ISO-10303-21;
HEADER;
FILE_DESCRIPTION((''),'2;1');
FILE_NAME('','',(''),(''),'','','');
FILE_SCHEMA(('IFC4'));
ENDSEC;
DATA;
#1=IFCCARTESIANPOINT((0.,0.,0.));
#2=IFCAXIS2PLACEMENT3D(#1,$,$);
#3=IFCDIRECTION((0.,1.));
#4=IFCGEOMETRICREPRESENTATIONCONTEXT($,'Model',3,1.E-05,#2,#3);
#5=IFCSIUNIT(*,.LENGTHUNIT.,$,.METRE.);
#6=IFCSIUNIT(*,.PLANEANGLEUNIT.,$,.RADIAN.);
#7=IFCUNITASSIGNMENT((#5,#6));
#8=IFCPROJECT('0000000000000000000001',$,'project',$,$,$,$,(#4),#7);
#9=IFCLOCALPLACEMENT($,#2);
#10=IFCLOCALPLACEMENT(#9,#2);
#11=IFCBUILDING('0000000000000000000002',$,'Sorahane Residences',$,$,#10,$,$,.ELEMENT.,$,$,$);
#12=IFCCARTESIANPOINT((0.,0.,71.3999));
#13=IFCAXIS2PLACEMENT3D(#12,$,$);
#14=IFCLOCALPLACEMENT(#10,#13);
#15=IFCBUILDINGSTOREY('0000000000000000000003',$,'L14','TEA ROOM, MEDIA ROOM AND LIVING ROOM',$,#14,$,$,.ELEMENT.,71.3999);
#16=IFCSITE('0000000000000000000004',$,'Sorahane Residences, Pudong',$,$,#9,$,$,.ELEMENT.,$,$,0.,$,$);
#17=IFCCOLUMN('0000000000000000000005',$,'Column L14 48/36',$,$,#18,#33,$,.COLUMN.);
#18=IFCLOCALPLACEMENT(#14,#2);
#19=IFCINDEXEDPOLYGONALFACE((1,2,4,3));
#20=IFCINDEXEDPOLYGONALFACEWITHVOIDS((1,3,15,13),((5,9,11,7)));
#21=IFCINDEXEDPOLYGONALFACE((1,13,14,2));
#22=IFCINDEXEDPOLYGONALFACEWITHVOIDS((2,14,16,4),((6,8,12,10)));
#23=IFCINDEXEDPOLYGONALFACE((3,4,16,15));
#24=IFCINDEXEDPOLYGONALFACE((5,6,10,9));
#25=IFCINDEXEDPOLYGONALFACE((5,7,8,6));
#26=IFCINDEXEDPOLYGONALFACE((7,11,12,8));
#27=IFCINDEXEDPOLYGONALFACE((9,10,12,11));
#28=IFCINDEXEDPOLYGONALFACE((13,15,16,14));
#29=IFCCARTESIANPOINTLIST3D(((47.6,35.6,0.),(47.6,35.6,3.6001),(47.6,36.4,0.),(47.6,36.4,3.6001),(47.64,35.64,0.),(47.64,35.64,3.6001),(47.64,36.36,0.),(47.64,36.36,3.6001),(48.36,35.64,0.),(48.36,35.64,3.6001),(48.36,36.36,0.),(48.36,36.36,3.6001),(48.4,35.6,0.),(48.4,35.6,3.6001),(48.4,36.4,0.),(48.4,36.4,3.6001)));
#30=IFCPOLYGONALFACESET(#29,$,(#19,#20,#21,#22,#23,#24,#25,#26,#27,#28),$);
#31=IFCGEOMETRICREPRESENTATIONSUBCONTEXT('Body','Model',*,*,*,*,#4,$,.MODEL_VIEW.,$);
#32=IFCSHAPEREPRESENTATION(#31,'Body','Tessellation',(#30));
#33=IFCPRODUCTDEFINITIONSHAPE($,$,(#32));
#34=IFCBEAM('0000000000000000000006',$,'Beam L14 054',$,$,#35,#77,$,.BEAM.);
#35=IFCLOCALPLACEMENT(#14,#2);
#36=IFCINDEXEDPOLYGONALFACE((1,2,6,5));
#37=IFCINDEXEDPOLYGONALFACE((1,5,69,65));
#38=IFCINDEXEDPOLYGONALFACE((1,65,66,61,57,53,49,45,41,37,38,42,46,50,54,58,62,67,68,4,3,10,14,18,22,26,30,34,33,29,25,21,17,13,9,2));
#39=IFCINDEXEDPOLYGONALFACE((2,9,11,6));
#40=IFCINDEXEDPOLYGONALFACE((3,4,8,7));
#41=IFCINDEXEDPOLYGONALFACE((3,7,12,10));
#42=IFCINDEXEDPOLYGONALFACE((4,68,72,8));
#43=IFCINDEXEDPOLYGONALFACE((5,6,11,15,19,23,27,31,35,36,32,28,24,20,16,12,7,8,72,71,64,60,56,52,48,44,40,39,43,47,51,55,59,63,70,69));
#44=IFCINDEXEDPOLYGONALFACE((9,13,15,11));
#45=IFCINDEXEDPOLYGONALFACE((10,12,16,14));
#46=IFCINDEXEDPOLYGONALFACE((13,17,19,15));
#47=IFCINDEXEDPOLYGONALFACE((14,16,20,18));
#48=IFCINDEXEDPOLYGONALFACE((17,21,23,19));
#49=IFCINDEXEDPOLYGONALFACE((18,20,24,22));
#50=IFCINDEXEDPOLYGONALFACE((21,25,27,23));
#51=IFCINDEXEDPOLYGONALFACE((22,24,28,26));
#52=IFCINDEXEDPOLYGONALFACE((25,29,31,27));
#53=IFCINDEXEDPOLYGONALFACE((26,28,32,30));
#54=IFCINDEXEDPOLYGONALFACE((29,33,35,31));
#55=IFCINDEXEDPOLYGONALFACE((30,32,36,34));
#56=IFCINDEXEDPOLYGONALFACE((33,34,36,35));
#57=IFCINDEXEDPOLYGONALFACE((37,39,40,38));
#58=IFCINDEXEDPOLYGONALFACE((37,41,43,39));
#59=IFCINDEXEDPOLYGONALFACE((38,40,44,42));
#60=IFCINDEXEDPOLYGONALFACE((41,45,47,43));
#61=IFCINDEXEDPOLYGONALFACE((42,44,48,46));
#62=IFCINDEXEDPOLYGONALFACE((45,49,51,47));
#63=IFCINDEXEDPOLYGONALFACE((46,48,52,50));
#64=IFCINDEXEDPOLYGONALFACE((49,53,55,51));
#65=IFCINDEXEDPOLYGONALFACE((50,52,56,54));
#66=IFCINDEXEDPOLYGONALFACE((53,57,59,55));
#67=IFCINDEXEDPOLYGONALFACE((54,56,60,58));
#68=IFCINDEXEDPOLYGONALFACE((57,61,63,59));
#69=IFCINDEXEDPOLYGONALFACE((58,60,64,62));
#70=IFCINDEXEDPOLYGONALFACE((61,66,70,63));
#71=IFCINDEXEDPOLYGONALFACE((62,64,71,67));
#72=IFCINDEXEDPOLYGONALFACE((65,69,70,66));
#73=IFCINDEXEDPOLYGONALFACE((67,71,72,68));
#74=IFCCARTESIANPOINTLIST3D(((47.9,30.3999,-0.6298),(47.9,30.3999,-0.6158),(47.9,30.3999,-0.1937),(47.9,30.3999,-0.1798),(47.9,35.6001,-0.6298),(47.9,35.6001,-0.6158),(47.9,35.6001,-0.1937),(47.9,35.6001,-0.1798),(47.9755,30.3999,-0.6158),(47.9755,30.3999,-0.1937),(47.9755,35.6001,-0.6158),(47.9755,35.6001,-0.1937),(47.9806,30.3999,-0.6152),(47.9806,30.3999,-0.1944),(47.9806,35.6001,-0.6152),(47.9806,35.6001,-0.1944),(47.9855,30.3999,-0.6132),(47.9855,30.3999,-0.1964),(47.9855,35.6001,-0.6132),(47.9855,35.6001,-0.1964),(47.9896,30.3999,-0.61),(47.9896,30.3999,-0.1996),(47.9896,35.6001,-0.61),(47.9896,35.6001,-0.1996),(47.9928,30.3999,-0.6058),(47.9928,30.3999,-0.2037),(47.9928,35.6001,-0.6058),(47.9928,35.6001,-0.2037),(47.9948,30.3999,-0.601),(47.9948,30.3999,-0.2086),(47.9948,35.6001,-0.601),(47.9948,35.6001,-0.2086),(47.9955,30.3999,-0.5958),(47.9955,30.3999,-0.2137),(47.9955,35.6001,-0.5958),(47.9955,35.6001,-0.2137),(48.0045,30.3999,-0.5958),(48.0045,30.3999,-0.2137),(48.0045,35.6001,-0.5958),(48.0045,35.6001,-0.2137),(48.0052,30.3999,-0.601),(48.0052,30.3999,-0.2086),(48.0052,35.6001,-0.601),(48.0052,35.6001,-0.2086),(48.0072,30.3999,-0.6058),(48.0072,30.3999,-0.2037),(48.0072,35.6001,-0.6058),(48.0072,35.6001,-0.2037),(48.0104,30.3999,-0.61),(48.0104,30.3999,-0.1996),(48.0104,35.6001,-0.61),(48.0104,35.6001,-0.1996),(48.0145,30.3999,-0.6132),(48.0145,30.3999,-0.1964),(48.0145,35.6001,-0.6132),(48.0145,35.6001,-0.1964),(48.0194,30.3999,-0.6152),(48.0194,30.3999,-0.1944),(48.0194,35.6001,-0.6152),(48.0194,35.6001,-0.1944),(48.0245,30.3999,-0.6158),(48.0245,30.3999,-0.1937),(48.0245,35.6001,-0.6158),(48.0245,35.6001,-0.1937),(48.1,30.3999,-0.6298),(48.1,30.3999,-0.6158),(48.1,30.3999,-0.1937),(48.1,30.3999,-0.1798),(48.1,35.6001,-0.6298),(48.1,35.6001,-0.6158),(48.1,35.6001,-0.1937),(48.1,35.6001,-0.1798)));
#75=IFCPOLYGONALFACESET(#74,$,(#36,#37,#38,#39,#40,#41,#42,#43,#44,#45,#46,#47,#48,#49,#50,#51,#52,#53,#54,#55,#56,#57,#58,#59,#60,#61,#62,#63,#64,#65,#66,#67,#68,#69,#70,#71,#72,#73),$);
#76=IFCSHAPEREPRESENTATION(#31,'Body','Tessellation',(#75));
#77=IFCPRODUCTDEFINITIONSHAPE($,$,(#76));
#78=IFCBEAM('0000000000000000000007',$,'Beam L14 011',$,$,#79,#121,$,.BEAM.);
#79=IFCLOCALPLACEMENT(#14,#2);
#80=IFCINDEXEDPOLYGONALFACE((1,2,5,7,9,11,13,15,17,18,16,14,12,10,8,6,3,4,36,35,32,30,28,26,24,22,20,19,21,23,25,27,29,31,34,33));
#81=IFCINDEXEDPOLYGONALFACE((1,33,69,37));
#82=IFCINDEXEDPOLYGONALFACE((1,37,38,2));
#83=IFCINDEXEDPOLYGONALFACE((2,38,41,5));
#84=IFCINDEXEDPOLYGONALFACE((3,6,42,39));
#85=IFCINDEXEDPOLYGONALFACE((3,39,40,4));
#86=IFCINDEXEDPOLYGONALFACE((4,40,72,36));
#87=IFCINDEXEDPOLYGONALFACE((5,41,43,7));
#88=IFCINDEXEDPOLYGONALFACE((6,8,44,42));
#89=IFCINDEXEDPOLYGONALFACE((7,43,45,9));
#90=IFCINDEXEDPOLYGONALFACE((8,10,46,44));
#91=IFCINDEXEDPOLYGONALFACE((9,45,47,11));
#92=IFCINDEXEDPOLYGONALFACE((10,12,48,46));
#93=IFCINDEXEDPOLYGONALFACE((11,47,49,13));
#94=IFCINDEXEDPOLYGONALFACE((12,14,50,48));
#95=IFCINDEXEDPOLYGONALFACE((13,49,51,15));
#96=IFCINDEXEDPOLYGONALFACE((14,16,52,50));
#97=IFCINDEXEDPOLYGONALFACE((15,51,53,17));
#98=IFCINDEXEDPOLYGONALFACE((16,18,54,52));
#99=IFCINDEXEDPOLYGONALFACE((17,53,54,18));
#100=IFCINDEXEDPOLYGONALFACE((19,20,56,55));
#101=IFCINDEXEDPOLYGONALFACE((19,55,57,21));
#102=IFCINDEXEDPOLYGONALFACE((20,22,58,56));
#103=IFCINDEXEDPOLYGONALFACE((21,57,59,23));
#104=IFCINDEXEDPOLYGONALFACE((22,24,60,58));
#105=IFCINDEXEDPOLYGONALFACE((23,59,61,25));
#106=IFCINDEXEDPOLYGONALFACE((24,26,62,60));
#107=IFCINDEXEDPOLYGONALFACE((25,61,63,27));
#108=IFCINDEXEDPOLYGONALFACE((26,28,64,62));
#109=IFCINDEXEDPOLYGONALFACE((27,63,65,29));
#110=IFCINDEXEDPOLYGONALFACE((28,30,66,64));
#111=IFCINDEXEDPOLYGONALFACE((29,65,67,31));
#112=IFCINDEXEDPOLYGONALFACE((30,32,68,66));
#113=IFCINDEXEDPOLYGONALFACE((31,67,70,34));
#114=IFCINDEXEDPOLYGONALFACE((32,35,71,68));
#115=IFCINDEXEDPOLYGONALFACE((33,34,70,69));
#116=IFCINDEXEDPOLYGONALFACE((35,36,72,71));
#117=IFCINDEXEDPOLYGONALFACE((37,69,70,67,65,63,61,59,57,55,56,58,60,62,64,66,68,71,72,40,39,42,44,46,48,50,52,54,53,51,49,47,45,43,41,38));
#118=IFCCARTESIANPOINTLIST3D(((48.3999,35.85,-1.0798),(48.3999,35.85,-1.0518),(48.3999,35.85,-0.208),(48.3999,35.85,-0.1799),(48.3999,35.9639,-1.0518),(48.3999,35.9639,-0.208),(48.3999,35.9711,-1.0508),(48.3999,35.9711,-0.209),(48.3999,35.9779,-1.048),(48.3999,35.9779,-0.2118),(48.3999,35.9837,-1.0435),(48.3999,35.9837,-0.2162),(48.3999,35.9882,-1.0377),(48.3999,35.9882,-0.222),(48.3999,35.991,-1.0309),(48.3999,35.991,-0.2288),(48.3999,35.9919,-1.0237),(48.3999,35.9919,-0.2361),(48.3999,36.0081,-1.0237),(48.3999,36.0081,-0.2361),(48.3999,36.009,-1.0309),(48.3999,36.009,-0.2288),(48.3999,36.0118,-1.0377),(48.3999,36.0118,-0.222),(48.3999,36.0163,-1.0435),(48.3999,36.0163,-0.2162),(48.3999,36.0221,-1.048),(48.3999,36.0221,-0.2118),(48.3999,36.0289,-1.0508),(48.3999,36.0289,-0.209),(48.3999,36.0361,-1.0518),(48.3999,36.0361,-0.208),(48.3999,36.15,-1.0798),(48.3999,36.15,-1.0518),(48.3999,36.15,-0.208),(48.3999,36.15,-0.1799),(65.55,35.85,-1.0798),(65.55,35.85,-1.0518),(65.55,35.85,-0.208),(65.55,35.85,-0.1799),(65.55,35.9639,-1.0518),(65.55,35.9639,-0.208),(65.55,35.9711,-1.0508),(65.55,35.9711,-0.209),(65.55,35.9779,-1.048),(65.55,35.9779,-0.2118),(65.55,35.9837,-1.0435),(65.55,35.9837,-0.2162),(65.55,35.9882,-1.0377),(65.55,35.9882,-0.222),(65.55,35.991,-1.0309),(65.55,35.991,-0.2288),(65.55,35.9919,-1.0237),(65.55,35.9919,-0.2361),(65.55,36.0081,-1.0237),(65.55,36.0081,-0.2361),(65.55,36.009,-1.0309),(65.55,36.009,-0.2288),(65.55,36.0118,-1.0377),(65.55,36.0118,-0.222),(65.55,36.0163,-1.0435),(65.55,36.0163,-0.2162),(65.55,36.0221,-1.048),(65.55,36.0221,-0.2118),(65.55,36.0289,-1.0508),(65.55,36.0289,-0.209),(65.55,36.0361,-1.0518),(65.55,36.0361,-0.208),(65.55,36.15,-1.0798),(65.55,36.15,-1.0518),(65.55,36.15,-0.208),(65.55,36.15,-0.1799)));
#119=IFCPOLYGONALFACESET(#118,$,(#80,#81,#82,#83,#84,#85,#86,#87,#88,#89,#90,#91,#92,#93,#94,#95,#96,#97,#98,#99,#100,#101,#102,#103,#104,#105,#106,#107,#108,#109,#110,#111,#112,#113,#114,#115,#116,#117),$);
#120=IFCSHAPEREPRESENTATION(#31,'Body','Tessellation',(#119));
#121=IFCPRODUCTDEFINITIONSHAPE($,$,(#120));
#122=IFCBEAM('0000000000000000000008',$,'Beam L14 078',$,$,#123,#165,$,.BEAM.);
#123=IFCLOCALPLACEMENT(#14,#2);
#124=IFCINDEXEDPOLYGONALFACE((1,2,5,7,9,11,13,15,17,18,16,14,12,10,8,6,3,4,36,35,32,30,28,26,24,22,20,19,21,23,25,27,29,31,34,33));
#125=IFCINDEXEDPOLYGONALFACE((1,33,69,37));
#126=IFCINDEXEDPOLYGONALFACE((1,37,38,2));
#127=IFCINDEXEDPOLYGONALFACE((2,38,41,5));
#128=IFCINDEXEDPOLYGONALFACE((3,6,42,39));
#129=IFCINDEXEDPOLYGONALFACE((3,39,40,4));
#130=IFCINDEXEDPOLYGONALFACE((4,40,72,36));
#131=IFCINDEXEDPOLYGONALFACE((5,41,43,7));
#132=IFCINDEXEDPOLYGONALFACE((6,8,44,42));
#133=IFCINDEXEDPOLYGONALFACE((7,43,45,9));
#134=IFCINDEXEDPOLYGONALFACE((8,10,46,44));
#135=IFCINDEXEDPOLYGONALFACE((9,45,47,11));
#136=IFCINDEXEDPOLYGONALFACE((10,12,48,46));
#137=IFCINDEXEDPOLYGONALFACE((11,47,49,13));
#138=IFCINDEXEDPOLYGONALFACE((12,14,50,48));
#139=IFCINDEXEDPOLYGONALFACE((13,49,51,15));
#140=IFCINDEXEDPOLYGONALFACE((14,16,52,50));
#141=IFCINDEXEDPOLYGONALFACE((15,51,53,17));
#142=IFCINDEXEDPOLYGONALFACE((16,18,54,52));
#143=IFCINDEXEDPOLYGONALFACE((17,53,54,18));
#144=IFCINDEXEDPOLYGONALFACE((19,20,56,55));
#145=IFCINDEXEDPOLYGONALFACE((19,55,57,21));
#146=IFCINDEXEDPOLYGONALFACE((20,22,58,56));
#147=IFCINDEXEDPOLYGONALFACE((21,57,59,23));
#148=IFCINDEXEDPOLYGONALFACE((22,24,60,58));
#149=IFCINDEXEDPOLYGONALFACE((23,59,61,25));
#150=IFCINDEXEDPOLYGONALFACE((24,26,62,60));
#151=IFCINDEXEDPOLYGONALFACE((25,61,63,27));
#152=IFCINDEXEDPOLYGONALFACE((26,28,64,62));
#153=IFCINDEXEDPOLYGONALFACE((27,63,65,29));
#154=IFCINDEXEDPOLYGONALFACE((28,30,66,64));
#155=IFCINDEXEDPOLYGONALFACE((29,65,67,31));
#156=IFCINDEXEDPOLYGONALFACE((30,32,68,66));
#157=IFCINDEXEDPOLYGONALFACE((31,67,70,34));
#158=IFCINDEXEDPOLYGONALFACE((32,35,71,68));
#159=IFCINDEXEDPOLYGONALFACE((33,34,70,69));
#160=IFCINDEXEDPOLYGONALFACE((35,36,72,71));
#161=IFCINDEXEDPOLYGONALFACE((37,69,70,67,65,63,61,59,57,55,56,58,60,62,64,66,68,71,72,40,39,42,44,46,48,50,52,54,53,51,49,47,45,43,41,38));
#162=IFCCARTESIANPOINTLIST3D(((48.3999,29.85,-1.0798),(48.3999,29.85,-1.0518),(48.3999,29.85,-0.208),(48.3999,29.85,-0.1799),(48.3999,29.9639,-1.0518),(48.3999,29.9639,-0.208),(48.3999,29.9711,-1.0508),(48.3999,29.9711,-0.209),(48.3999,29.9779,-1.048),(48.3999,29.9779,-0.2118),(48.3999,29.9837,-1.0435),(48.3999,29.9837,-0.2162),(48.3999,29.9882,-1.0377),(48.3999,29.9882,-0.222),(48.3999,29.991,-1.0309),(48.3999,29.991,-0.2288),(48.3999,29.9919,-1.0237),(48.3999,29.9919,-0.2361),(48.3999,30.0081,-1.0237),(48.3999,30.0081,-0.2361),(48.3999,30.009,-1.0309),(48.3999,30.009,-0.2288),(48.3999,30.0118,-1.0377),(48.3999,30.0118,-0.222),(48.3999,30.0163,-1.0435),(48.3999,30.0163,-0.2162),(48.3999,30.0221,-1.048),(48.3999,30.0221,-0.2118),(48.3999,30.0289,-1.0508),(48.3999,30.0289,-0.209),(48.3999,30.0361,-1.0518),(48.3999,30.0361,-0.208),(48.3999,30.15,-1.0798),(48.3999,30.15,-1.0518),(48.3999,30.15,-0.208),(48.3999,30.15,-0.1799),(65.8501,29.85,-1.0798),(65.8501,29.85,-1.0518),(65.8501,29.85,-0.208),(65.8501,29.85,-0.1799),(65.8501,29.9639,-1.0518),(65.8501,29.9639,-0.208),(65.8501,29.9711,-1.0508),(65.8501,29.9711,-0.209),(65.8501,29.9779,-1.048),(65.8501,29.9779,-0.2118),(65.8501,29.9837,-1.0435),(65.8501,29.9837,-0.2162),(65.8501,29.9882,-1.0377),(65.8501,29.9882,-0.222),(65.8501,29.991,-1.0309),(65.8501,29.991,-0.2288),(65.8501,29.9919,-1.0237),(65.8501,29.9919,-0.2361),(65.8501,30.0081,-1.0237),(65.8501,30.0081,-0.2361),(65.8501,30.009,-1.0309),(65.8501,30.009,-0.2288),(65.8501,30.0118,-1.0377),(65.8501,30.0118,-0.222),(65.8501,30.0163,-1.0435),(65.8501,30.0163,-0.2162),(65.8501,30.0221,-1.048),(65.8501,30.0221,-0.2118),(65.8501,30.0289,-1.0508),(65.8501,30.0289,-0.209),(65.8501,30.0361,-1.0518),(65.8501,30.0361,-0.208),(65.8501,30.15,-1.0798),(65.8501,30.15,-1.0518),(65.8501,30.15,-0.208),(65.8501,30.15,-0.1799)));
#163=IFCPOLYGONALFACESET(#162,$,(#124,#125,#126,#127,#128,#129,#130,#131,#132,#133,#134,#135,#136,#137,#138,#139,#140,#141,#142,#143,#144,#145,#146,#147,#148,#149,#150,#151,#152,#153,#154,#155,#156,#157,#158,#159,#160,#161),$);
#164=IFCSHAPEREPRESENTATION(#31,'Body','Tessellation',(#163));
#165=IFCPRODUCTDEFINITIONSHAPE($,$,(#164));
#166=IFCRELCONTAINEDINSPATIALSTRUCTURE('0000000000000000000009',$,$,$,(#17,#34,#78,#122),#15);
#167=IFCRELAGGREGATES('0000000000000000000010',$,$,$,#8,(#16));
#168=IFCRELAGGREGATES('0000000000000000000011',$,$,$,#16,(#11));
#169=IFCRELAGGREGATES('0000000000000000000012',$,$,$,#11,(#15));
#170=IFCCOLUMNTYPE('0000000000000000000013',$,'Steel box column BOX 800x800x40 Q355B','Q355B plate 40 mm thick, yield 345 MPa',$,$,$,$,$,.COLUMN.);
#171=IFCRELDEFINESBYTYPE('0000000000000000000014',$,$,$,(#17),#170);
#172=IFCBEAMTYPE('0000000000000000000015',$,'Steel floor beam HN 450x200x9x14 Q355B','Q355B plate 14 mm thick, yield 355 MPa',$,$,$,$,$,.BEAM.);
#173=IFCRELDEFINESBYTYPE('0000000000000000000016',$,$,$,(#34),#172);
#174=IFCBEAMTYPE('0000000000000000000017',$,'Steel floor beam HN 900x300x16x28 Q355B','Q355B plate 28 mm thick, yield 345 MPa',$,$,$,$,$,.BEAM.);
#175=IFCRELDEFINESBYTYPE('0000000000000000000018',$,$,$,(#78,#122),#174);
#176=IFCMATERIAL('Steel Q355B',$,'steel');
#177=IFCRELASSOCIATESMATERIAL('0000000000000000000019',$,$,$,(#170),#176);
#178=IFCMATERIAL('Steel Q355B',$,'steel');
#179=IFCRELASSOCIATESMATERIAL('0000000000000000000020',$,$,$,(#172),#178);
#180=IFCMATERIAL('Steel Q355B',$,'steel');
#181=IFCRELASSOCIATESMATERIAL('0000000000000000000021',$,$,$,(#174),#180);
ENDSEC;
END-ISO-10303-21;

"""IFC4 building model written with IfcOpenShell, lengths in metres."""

from ifc_helpers import new_model, si_unit, direction, frame, origin, origin_2d, place, context, subcontext, project, spatial, hollow_rectangle, i_section, extrude, material, material_profile, profile_set, type_object, element, save


model = new_model("IFC4")

# Units and contexts
model_context = context("Model", 3, precision=1e-05, world=origin(), true_north=direction((0.0, 1.0)))
body_context = subcontext(model_context, "Body", "Model", "MODEL_VIEW")
ifc_project = project(units=[si_unit("LENGTHUNIT", "METRE"), si_unit("PLANEANGLEUNIT", "RADIAN")], contexts=[model_context])

# Site, building, storey
site_placement = place(None, origin())
site = spatial("IfcSite", under=ifc_project, at=site_placement, Name="Sorahane Residences, Pudong", CompositionType="ELEMENT", RefElevation=0.0)
building_placement = place(site_placement, origin())
building = spatial("IfcBuilding", under=site, at=building_placement, Name="Sorahane Residences", CompositionType="ELEMENT")
storey_placement = place(building_placement, frame((0.0, 0.0, 71.3999)))
storey = spatial("IfcBuildingStorey", under=building, at=storey_placement, Name="L14", Description="TEA ROOM, MEDIA ROOM AND LIVING ROOM", CompositionType="ELEMENT", Elevation=71.3999)

# Column
ifc_material_1 = material(Name="Steel Q355B", Category="steel")
ifc_material_profile_1 = material_profile(ifc_material_1, hollow_rectangle(XDim=0.8, YDim=0.8, WallThickness=0.04, at=origin_2d()), Name="BOX 800x800x40")
ifc_profile_set_1 = profile_set([ifc_material_profile_1], Name="Steel Q355B")
column_type = type_object("IfcColumnType", Name="Steel box column BOX 800x800x40 Q355B", Description="Q355B plate 40 mm thick, yield 345 MPa", PredefinedType="COLUMN", material=ifc_profile_set_1)
column_placement = place(storey_placement, frame((48.0, 36.0, 0.0), z_axis=(0.0, 0.0, 1.0), x_axis=(1.0, 0.0, 0.0)))
element("IfcColumn", 1, at=column_placement, inside=storey, type_object=column_type, Name="Column L14 48/36", PredefinedType="COLUMN", context=body_context, shape_type="SweptSolid", body=[
    extrude(hollow_rectangle(XDim=0.8, YDim=0.8, WallThickness=0.04, at=origin_2d()), origin(), (0.0, 0.0, 1.0), 3.6001),
])

# Beams
ifc_material_2 = material(Name="Steel Q355B", Category="steel")
ifc_material_profile_2 = material_profile(ifc_material_2, i_section(OverallWidth=0.2, OverallDepth=0.45, WebThickness=0.009, FlangeThickness=0.0139, FilletRadius=0.02, at=origin_2d()), Name="HN 450x200x9x14")
ifc_profile_set_2 = profile_set([ifc_material_profile_2], Name="Steel Q355B")
beam_type_1 = type_object("IfcBeamType", Name="Steel floor beam HN 450x200x9x14 Q355B", Description="Q355B plate 14 mm thick, yield 355 MPa", PredefinedType="BEAM", material=ifc_profile_set_2)
beam_1_placement = place(storey_placement, frame((48.0, 30.3999, -0.4048), z_axis=(0.0, 1.0, 0.0), x_axis=(-1.0, 0.0, 0.0)))
element("IfcBeam", 2, at=beam_1_placement, inside=storey, type_object=beam_type_1, Name="Beam L14 054", PredefinedType="BEAM", context=body_context, shape_type="SweptSolid", body=[
    extrude(i_section(OverallWidth=0.2, OverallDepth=0.45, WebThickness=0.009, FlangeThickness=0.0139, FilletRadius=0.02, at=origin_2d()), origin(), (0.0, 0.0, 1.0), 5.2002),
])
ifc_material_3 = material(Name="Steel Q355B", Category="steel")
ifc_material_profile_3 = material_profile(ifc_material_3, i_section(OverallWidth=0.3, OverallDepth=0.8999, WebThickness=0.0161, FlangeThickness=0.0281, FilletRadius=0.0281, at=origin_2d()), Name="HN 900x300x16x28")
ifc_profile_set_3 = profile_set([ifc_material_profile_3], Name="Steel Q355B")
beam_type_2 = type_object("IfcBeamType", Name="Steel floor beam HN 900x300x16x28 Q355B", Description="Q355B plate 28 mm thick, yield 345 MPa", PredefinedType="BEAM", material=ifc_profile_set_3)
beam_2_placement = place(storey_placement, frame((48.3999, 36.0, -0.6299), z_axis=(1.0, 0.0, 0.0), x_axis=(0.0, 1.0, 0.0)))
element("IfcBeam", 3, at=beam_2_placement, inside=storey, type_object=beam_type_2, Name="Beam L14 011", PredefinedType="BEAM", context=body_context, shape_type="SweptSolid", body=[
    extrude(i_section(OverallWidth=0.3, OverallDepth=0.8999, WebThickness=0.0161, FlangeThickness=0.0281, FilletRadius=0.0281, at=origin_2d()), origin(), (0.0, 0.0, 1.0), 17.1501),
])
beam_3_placement = place(storey_placement, frame((48.3999, 30.0, -0.6299), z_axis=(1.0, 0.0, 0.0), x_axis=(0.0, 1.0, 0.0)))
element("IfcBeam", 4, at=beam_3_placement, inside=storey, type_object=beam_type_2, Name="Beam L14 078", PredefinedType="BEAM", context=body_context, shape_type="SweptSolid", body=[
    extrude(i_section(OverallWidth=0.3, OverallDepth=0.8999, WebThickness=0.0161, FlangeThickness=0.0281, FilletRadius=0.0281, at=origin_2d()), origin(), (0.0, 0.0, 1.0), 17.4502),
])

save(model, "model.ifc")
